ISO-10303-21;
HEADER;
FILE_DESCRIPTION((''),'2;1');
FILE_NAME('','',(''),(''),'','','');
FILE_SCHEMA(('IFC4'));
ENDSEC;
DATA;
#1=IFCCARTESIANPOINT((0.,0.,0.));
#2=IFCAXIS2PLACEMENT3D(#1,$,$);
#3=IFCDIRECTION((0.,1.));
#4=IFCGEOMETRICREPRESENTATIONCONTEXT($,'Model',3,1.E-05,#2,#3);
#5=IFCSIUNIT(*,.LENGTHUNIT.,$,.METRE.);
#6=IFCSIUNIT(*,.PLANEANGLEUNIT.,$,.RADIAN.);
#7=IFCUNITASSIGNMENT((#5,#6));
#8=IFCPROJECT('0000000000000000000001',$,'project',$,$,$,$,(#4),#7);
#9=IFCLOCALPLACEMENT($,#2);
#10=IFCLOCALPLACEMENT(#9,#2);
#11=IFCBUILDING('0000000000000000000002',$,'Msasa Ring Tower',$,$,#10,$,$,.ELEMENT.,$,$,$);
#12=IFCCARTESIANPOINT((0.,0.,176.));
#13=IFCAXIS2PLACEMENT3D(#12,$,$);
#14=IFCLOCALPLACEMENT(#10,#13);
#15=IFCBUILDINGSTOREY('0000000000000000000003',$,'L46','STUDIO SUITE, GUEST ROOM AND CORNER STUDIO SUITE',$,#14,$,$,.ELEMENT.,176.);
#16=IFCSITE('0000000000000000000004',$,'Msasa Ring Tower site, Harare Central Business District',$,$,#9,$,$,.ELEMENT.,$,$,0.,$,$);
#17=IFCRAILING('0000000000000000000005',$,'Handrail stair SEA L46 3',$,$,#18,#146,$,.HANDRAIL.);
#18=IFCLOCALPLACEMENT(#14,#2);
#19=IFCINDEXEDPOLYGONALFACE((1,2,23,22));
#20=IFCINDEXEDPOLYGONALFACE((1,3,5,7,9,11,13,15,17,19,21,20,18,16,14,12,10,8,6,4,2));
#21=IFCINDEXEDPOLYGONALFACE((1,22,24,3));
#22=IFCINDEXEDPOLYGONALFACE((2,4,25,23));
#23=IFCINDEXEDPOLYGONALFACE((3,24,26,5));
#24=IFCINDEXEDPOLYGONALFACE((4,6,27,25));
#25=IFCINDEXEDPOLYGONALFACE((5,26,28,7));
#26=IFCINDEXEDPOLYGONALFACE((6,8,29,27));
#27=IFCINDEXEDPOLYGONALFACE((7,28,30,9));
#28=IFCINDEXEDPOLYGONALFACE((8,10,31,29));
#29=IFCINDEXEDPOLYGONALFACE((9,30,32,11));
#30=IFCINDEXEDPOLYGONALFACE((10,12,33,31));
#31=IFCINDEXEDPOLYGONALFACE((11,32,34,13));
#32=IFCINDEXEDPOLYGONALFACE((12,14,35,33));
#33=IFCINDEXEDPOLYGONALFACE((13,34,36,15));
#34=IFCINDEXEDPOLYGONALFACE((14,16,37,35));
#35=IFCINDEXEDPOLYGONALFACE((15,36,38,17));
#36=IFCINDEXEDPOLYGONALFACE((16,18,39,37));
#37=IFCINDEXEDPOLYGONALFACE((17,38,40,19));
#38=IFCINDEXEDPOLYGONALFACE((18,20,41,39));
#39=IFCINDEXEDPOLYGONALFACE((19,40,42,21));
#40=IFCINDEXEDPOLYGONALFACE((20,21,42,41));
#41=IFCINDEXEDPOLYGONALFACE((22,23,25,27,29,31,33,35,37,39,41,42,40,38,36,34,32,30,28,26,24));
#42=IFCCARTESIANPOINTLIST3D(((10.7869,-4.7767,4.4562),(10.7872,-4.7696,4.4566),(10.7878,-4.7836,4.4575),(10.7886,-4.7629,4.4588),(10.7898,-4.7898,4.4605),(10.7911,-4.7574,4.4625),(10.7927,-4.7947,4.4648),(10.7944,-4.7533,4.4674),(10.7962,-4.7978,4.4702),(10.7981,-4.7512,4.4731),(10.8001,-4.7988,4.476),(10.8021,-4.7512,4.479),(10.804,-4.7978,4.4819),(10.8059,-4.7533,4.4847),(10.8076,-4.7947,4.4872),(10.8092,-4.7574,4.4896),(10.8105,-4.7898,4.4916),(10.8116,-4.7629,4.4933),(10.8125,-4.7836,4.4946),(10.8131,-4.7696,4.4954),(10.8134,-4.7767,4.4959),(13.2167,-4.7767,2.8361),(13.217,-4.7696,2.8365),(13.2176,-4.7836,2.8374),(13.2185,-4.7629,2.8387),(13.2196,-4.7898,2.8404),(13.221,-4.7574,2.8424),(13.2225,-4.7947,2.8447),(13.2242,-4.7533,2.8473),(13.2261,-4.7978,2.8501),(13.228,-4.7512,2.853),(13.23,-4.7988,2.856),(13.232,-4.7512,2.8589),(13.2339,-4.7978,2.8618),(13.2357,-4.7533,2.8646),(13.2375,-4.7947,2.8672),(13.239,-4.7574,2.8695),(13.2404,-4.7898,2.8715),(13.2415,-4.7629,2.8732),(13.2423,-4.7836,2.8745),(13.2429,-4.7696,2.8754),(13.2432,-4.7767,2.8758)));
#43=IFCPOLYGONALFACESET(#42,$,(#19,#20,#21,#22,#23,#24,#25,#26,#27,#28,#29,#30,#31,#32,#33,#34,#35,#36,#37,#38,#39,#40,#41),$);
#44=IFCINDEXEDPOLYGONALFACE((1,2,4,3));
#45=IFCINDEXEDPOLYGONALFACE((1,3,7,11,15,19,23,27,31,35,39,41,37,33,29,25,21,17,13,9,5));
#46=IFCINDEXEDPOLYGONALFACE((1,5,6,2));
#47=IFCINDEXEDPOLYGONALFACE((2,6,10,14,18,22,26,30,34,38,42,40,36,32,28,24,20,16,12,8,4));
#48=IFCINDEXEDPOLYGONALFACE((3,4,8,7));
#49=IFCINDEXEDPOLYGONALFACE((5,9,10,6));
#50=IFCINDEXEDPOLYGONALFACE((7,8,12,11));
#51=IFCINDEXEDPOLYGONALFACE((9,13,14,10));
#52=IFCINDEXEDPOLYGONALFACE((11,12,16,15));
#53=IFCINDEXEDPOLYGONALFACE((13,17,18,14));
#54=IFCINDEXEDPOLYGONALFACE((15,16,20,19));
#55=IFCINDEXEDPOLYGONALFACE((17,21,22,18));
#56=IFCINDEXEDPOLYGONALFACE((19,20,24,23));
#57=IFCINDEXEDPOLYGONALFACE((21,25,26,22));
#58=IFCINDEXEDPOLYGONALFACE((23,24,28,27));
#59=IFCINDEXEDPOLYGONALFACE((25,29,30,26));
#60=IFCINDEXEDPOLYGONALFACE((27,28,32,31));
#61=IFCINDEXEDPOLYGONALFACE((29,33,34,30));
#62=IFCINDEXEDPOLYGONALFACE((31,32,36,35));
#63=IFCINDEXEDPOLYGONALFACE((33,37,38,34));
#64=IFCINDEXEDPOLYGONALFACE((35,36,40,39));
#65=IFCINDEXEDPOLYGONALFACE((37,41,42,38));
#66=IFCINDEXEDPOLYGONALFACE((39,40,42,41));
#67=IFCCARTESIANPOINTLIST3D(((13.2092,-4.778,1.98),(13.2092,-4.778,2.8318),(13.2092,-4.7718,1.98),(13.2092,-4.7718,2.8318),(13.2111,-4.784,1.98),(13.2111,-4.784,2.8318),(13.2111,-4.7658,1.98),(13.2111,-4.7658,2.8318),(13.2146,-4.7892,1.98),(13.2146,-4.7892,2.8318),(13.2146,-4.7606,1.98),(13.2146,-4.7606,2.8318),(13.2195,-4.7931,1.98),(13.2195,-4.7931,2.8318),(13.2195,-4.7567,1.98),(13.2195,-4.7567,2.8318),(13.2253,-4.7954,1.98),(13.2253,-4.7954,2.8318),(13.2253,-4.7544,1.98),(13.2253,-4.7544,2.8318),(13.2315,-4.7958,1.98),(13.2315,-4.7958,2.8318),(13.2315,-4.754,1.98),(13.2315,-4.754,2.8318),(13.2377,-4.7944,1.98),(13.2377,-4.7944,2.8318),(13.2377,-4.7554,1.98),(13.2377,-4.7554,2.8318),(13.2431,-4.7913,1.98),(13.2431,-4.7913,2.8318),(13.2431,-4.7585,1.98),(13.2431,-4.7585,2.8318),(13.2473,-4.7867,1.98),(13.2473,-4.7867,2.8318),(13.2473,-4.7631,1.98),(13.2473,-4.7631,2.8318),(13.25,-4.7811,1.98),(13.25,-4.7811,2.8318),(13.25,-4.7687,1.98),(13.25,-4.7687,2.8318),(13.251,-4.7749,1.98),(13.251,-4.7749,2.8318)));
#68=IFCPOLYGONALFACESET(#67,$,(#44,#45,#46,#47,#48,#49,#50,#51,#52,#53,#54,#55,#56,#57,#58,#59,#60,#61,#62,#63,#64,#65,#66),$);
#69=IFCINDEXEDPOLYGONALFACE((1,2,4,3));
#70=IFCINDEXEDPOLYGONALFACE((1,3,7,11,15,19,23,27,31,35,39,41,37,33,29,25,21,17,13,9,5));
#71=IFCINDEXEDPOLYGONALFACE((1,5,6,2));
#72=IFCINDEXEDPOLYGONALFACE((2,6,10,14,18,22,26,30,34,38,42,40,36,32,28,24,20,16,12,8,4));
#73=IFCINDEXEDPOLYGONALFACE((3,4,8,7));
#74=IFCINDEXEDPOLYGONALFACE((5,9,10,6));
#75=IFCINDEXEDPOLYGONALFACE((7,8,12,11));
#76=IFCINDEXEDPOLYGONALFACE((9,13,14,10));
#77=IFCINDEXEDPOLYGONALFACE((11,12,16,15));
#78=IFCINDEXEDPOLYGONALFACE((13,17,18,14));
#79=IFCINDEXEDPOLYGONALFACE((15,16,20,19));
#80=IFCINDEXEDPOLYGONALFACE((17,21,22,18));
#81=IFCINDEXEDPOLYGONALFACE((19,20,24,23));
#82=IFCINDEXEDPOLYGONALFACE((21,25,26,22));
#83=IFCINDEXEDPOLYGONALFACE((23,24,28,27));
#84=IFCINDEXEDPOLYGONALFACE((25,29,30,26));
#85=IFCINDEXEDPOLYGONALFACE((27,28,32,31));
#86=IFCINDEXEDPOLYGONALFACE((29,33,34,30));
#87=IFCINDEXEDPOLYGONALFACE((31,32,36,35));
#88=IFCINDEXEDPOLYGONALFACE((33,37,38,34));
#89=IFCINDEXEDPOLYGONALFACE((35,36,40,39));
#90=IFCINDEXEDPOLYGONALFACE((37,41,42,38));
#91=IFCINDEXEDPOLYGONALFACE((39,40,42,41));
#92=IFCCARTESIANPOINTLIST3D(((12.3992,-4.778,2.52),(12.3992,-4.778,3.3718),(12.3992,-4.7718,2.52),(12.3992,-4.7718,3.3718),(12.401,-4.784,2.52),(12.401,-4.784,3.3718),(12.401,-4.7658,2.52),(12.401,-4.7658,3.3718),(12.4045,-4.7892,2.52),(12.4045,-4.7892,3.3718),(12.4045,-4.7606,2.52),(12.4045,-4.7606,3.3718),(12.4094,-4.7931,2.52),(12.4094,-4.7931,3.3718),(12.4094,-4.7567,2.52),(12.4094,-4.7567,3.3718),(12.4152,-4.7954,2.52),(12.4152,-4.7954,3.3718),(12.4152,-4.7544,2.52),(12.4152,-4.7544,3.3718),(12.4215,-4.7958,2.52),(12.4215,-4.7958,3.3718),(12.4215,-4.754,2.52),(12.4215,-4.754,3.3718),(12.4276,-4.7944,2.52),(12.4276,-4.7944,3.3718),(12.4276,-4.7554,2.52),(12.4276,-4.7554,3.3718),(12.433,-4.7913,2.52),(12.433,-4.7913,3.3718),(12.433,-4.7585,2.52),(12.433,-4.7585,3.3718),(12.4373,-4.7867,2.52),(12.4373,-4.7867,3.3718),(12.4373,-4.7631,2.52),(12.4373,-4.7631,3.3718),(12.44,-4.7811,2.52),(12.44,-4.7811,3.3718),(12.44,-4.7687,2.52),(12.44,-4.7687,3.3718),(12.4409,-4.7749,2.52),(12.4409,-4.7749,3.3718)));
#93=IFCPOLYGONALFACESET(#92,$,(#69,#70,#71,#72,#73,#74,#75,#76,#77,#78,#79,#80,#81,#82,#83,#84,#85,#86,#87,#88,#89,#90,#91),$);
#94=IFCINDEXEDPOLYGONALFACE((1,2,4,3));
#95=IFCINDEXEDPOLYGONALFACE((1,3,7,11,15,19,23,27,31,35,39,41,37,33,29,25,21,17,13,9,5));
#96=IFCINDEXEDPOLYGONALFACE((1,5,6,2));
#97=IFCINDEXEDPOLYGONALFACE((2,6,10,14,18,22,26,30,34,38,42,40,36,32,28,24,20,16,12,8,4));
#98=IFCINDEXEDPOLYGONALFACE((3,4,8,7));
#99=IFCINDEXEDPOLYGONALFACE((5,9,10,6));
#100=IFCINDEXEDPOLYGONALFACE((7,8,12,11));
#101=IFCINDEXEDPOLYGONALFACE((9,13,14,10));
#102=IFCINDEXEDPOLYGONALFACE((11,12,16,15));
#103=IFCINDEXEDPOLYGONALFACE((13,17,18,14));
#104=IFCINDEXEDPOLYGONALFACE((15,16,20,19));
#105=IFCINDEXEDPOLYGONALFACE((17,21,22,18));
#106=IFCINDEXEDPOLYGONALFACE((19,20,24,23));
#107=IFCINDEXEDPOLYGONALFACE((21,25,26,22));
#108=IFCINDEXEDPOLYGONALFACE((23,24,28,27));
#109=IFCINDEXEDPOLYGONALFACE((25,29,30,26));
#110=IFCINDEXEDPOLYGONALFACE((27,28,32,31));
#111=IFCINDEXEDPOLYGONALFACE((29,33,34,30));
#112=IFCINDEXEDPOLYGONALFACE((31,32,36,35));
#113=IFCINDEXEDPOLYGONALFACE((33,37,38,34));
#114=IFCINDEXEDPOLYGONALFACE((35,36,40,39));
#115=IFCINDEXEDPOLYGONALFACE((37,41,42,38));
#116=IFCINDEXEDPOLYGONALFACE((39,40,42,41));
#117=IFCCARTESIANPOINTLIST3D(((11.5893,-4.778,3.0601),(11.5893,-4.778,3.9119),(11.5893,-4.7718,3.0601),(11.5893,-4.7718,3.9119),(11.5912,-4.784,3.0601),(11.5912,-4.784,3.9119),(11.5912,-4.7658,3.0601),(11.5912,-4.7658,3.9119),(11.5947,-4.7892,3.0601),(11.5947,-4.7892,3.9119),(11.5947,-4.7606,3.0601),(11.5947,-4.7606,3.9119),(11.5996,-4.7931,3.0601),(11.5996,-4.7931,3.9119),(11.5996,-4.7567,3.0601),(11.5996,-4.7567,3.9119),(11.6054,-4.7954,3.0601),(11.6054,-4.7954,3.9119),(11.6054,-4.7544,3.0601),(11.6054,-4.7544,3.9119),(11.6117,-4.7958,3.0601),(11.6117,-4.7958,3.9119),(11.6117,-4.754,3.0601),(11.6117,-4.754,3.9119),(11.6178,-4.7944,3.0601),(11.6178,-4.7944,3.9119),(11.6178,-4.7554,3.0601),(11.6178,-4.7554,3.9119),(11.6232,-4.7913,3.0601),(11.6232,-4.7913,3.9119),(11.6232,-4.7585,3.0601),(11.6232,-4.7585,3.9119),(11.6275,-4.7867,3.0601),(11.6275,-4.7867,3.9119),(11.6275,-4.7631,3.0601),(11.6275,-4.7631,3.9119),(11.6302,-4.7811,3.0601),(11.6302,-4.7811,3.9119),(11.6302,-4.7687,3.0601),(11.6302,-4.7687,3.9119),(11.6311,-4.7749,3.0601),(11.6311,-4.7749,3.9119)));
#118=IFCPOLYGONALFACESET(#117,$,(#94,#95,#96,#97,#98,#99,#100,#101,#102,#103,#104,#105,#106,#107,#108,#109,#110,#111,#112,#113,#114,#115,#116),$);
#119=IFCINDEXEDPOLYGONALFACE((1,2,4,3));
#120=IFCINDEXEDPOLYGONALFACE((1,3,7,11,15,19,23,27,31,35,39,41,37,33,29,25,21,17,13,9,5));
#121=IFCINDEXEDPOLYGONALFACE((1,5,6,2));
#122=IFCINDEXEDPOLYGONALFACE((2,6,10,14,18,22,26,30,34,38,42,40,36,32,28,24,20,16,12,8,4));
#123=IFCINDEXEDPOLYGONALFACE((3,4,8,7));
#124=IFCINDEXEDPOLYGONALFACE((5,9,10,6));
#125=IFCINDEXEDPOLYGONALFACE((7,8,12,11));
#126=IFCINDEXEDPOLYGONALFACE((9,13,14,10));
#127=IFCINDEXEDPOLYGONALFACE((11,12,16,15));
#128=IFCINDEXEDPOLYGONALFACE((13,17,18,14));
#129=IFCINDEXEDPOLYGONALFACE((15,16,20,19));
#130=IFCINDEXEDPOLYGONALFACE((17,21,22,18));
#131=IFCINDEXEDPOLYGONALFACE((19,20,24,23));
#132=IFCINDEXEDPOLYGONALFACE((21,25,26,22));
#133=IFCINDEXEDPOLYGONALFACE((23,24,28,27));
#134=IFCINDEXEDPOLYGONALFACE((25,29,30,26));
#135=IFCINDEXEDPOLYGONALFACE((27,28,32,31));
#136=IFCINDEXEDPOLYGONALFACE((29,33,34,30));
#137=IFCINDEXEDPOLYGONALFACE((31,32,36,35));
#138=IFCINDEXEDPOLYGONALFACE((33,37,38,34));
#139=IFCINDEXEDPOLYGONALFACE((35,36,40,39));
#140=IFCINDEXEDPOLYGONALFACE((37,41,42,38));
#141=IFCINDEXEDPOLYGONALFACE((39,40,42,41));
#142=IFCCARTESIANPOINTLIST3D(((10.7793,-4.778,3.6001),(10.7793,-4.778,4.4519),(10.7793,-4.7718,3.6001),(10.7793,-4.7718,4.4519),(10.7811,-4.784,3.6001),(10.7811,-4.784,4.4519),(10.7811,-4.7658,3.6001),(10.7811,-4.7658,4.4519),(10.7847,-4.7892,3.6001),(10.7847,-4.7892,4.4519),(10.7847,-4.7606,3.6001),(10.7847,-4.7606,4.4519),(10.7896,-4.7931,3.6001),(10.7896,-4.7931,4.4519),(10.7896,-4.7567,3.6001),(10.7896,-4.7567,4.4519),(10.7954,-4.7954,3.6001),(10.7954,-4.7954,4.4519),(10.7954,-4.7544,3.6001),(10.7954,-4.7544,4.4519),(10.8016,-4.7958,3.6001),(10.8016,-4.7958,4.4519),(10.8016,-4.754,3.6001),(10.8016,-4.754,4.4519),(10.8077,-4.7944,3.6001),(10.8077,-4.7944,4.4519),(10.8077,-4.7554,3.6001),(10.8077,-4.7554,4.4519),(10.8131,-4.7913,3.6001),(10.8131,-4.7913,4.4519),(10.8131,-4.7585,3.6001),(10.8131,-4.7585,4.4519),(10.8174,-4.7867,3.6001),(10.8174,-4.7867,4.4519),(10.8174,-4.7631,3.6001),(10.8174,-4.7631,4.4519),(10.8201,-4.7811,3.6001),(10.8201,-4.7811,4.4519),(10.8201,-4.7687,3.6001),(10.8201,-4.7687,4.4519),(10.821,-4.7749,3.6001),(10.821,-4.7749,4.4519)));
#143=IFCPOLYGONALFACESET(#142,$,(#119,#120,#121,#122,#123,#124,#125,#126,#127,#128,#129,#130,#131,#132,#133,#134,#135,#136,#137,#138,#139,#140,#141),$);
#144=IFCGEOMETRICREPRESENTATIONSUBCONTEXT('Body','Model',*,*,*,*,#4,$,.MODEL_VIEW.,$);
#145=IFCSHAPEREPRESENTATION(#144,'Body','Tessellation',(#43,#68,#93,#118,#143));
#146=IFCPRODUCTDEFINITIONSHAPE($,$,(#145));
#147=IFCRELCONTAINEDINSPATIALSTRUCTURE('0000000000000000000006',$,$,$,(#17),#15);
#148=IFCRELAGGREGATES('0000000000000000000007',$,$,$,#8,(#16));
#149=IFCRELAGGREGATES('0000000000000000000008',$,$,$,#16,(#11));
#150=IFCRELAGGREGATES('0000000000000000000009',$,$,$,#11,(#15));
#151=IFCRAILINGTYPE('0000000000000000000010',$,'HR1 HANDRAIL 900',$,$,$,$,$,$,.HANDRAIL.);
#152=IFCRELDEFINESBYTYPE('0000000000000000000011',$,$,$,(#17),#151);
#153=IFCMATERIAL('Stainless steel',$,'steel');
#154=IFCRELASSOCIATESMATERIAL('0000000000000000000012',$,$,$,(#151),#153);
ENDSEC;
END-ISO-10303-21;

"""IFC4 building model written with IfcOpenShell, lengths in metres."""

from ifc_helpers import new_model, si_unit, direction, frame, origin, origin_2d, place, context, subcontext, project, spatial, circle, extrude, material, type_object, element, save


model = new_model("IFC4")

# Units and contexts
model_context = context("Model", 3, precision=1e-05, world=origin(), true_north=direction((0.0, 1.0)))
body_context = subcontext(model_context, "Body", "Model", "MODEL_VIEW")
ifc_project = project(units=[si_unit("LENGTHUNIT", "METRE"), si_unit("PLANEANGLEUNIT", "RADIAN")], contexts=[model_context])

# Site, building, storey
site_placement = place(None, origin())
site = spatial("IfcSite", under=ifc_project, at=site_placement, Name="Msasa Ring Tower site, Harare Central Business District", CompositionType="ELEMENT", RefElevation=0.0)
building_placement = place(site_placement, origin())
building = spatial("IfcBuilding", under=site, at=building_placement, Name="Msasa Ring Tower", CompositionType="ELEMENT")
storey_placement = place(building_placement, frame((0.0, 0.0, 176.0)))
storey = spatial("IfcBuildingStorey", under=building, at=storey_placement, Name="L46", Description="STUDIO SUITE, GUEST ROOM AND CORNER STUDIO SUITE", CompositionType="ELEMENT", Elevation=176.0)

# Railing
ifc_material_1 = material(Name="Stainless steel", Category="steel")
railing_type = type_object("IfcRailingType", Name="HR1 HANDRAIL 900", PredefinedType="HANDRAIL", material=ifc_material_1)
for number, where, name in (
    (1, (13.23, -4.7749, 1.98), "Handrail stair SEA L46 3"),
):
    element("IfcRailing", number, at=place(storey_placement, frame(where)), inside=storey, type_object=railing_type, Name=name, PredefinedType="HANDRAIL", context=body_context, shape_type="SweptSolid", body=[
        extrude(circle(Radius=0.0239, at=origin_2d()), frame((0.0, 0.0, 0.876), z_axis=(-0.832025, 0.0, 0.554739), x_axis=(0.0, -1.0, 0.0)), (0.0, 0.0, 1.0), 2.9204),
        extrude(circle(Radius=0.021, at=origin_2d()), origin(), (0.0, 0.0, 1.0), 0.8518),
        extrude(circle(Radius=0.021, at=origin_2d()), frame((-0.8101, 0.0, 0.54)), (0.0, 0.0, 1.0), 0.8518),
        extrude(circle(Radius=0.021, at=origin_2d()), frame((-1.6199, 0.0, 1.0801)), (0.0, 0.0, 1.0), 0.8518),
        extrude(circle(Radius=0.021, at=origin_2d()), frame((-2.4299, 0.0, 1.6201)), (0.0, 0.0, 1.0), 0.8518),
    ])

save(model, "model.ifc")
